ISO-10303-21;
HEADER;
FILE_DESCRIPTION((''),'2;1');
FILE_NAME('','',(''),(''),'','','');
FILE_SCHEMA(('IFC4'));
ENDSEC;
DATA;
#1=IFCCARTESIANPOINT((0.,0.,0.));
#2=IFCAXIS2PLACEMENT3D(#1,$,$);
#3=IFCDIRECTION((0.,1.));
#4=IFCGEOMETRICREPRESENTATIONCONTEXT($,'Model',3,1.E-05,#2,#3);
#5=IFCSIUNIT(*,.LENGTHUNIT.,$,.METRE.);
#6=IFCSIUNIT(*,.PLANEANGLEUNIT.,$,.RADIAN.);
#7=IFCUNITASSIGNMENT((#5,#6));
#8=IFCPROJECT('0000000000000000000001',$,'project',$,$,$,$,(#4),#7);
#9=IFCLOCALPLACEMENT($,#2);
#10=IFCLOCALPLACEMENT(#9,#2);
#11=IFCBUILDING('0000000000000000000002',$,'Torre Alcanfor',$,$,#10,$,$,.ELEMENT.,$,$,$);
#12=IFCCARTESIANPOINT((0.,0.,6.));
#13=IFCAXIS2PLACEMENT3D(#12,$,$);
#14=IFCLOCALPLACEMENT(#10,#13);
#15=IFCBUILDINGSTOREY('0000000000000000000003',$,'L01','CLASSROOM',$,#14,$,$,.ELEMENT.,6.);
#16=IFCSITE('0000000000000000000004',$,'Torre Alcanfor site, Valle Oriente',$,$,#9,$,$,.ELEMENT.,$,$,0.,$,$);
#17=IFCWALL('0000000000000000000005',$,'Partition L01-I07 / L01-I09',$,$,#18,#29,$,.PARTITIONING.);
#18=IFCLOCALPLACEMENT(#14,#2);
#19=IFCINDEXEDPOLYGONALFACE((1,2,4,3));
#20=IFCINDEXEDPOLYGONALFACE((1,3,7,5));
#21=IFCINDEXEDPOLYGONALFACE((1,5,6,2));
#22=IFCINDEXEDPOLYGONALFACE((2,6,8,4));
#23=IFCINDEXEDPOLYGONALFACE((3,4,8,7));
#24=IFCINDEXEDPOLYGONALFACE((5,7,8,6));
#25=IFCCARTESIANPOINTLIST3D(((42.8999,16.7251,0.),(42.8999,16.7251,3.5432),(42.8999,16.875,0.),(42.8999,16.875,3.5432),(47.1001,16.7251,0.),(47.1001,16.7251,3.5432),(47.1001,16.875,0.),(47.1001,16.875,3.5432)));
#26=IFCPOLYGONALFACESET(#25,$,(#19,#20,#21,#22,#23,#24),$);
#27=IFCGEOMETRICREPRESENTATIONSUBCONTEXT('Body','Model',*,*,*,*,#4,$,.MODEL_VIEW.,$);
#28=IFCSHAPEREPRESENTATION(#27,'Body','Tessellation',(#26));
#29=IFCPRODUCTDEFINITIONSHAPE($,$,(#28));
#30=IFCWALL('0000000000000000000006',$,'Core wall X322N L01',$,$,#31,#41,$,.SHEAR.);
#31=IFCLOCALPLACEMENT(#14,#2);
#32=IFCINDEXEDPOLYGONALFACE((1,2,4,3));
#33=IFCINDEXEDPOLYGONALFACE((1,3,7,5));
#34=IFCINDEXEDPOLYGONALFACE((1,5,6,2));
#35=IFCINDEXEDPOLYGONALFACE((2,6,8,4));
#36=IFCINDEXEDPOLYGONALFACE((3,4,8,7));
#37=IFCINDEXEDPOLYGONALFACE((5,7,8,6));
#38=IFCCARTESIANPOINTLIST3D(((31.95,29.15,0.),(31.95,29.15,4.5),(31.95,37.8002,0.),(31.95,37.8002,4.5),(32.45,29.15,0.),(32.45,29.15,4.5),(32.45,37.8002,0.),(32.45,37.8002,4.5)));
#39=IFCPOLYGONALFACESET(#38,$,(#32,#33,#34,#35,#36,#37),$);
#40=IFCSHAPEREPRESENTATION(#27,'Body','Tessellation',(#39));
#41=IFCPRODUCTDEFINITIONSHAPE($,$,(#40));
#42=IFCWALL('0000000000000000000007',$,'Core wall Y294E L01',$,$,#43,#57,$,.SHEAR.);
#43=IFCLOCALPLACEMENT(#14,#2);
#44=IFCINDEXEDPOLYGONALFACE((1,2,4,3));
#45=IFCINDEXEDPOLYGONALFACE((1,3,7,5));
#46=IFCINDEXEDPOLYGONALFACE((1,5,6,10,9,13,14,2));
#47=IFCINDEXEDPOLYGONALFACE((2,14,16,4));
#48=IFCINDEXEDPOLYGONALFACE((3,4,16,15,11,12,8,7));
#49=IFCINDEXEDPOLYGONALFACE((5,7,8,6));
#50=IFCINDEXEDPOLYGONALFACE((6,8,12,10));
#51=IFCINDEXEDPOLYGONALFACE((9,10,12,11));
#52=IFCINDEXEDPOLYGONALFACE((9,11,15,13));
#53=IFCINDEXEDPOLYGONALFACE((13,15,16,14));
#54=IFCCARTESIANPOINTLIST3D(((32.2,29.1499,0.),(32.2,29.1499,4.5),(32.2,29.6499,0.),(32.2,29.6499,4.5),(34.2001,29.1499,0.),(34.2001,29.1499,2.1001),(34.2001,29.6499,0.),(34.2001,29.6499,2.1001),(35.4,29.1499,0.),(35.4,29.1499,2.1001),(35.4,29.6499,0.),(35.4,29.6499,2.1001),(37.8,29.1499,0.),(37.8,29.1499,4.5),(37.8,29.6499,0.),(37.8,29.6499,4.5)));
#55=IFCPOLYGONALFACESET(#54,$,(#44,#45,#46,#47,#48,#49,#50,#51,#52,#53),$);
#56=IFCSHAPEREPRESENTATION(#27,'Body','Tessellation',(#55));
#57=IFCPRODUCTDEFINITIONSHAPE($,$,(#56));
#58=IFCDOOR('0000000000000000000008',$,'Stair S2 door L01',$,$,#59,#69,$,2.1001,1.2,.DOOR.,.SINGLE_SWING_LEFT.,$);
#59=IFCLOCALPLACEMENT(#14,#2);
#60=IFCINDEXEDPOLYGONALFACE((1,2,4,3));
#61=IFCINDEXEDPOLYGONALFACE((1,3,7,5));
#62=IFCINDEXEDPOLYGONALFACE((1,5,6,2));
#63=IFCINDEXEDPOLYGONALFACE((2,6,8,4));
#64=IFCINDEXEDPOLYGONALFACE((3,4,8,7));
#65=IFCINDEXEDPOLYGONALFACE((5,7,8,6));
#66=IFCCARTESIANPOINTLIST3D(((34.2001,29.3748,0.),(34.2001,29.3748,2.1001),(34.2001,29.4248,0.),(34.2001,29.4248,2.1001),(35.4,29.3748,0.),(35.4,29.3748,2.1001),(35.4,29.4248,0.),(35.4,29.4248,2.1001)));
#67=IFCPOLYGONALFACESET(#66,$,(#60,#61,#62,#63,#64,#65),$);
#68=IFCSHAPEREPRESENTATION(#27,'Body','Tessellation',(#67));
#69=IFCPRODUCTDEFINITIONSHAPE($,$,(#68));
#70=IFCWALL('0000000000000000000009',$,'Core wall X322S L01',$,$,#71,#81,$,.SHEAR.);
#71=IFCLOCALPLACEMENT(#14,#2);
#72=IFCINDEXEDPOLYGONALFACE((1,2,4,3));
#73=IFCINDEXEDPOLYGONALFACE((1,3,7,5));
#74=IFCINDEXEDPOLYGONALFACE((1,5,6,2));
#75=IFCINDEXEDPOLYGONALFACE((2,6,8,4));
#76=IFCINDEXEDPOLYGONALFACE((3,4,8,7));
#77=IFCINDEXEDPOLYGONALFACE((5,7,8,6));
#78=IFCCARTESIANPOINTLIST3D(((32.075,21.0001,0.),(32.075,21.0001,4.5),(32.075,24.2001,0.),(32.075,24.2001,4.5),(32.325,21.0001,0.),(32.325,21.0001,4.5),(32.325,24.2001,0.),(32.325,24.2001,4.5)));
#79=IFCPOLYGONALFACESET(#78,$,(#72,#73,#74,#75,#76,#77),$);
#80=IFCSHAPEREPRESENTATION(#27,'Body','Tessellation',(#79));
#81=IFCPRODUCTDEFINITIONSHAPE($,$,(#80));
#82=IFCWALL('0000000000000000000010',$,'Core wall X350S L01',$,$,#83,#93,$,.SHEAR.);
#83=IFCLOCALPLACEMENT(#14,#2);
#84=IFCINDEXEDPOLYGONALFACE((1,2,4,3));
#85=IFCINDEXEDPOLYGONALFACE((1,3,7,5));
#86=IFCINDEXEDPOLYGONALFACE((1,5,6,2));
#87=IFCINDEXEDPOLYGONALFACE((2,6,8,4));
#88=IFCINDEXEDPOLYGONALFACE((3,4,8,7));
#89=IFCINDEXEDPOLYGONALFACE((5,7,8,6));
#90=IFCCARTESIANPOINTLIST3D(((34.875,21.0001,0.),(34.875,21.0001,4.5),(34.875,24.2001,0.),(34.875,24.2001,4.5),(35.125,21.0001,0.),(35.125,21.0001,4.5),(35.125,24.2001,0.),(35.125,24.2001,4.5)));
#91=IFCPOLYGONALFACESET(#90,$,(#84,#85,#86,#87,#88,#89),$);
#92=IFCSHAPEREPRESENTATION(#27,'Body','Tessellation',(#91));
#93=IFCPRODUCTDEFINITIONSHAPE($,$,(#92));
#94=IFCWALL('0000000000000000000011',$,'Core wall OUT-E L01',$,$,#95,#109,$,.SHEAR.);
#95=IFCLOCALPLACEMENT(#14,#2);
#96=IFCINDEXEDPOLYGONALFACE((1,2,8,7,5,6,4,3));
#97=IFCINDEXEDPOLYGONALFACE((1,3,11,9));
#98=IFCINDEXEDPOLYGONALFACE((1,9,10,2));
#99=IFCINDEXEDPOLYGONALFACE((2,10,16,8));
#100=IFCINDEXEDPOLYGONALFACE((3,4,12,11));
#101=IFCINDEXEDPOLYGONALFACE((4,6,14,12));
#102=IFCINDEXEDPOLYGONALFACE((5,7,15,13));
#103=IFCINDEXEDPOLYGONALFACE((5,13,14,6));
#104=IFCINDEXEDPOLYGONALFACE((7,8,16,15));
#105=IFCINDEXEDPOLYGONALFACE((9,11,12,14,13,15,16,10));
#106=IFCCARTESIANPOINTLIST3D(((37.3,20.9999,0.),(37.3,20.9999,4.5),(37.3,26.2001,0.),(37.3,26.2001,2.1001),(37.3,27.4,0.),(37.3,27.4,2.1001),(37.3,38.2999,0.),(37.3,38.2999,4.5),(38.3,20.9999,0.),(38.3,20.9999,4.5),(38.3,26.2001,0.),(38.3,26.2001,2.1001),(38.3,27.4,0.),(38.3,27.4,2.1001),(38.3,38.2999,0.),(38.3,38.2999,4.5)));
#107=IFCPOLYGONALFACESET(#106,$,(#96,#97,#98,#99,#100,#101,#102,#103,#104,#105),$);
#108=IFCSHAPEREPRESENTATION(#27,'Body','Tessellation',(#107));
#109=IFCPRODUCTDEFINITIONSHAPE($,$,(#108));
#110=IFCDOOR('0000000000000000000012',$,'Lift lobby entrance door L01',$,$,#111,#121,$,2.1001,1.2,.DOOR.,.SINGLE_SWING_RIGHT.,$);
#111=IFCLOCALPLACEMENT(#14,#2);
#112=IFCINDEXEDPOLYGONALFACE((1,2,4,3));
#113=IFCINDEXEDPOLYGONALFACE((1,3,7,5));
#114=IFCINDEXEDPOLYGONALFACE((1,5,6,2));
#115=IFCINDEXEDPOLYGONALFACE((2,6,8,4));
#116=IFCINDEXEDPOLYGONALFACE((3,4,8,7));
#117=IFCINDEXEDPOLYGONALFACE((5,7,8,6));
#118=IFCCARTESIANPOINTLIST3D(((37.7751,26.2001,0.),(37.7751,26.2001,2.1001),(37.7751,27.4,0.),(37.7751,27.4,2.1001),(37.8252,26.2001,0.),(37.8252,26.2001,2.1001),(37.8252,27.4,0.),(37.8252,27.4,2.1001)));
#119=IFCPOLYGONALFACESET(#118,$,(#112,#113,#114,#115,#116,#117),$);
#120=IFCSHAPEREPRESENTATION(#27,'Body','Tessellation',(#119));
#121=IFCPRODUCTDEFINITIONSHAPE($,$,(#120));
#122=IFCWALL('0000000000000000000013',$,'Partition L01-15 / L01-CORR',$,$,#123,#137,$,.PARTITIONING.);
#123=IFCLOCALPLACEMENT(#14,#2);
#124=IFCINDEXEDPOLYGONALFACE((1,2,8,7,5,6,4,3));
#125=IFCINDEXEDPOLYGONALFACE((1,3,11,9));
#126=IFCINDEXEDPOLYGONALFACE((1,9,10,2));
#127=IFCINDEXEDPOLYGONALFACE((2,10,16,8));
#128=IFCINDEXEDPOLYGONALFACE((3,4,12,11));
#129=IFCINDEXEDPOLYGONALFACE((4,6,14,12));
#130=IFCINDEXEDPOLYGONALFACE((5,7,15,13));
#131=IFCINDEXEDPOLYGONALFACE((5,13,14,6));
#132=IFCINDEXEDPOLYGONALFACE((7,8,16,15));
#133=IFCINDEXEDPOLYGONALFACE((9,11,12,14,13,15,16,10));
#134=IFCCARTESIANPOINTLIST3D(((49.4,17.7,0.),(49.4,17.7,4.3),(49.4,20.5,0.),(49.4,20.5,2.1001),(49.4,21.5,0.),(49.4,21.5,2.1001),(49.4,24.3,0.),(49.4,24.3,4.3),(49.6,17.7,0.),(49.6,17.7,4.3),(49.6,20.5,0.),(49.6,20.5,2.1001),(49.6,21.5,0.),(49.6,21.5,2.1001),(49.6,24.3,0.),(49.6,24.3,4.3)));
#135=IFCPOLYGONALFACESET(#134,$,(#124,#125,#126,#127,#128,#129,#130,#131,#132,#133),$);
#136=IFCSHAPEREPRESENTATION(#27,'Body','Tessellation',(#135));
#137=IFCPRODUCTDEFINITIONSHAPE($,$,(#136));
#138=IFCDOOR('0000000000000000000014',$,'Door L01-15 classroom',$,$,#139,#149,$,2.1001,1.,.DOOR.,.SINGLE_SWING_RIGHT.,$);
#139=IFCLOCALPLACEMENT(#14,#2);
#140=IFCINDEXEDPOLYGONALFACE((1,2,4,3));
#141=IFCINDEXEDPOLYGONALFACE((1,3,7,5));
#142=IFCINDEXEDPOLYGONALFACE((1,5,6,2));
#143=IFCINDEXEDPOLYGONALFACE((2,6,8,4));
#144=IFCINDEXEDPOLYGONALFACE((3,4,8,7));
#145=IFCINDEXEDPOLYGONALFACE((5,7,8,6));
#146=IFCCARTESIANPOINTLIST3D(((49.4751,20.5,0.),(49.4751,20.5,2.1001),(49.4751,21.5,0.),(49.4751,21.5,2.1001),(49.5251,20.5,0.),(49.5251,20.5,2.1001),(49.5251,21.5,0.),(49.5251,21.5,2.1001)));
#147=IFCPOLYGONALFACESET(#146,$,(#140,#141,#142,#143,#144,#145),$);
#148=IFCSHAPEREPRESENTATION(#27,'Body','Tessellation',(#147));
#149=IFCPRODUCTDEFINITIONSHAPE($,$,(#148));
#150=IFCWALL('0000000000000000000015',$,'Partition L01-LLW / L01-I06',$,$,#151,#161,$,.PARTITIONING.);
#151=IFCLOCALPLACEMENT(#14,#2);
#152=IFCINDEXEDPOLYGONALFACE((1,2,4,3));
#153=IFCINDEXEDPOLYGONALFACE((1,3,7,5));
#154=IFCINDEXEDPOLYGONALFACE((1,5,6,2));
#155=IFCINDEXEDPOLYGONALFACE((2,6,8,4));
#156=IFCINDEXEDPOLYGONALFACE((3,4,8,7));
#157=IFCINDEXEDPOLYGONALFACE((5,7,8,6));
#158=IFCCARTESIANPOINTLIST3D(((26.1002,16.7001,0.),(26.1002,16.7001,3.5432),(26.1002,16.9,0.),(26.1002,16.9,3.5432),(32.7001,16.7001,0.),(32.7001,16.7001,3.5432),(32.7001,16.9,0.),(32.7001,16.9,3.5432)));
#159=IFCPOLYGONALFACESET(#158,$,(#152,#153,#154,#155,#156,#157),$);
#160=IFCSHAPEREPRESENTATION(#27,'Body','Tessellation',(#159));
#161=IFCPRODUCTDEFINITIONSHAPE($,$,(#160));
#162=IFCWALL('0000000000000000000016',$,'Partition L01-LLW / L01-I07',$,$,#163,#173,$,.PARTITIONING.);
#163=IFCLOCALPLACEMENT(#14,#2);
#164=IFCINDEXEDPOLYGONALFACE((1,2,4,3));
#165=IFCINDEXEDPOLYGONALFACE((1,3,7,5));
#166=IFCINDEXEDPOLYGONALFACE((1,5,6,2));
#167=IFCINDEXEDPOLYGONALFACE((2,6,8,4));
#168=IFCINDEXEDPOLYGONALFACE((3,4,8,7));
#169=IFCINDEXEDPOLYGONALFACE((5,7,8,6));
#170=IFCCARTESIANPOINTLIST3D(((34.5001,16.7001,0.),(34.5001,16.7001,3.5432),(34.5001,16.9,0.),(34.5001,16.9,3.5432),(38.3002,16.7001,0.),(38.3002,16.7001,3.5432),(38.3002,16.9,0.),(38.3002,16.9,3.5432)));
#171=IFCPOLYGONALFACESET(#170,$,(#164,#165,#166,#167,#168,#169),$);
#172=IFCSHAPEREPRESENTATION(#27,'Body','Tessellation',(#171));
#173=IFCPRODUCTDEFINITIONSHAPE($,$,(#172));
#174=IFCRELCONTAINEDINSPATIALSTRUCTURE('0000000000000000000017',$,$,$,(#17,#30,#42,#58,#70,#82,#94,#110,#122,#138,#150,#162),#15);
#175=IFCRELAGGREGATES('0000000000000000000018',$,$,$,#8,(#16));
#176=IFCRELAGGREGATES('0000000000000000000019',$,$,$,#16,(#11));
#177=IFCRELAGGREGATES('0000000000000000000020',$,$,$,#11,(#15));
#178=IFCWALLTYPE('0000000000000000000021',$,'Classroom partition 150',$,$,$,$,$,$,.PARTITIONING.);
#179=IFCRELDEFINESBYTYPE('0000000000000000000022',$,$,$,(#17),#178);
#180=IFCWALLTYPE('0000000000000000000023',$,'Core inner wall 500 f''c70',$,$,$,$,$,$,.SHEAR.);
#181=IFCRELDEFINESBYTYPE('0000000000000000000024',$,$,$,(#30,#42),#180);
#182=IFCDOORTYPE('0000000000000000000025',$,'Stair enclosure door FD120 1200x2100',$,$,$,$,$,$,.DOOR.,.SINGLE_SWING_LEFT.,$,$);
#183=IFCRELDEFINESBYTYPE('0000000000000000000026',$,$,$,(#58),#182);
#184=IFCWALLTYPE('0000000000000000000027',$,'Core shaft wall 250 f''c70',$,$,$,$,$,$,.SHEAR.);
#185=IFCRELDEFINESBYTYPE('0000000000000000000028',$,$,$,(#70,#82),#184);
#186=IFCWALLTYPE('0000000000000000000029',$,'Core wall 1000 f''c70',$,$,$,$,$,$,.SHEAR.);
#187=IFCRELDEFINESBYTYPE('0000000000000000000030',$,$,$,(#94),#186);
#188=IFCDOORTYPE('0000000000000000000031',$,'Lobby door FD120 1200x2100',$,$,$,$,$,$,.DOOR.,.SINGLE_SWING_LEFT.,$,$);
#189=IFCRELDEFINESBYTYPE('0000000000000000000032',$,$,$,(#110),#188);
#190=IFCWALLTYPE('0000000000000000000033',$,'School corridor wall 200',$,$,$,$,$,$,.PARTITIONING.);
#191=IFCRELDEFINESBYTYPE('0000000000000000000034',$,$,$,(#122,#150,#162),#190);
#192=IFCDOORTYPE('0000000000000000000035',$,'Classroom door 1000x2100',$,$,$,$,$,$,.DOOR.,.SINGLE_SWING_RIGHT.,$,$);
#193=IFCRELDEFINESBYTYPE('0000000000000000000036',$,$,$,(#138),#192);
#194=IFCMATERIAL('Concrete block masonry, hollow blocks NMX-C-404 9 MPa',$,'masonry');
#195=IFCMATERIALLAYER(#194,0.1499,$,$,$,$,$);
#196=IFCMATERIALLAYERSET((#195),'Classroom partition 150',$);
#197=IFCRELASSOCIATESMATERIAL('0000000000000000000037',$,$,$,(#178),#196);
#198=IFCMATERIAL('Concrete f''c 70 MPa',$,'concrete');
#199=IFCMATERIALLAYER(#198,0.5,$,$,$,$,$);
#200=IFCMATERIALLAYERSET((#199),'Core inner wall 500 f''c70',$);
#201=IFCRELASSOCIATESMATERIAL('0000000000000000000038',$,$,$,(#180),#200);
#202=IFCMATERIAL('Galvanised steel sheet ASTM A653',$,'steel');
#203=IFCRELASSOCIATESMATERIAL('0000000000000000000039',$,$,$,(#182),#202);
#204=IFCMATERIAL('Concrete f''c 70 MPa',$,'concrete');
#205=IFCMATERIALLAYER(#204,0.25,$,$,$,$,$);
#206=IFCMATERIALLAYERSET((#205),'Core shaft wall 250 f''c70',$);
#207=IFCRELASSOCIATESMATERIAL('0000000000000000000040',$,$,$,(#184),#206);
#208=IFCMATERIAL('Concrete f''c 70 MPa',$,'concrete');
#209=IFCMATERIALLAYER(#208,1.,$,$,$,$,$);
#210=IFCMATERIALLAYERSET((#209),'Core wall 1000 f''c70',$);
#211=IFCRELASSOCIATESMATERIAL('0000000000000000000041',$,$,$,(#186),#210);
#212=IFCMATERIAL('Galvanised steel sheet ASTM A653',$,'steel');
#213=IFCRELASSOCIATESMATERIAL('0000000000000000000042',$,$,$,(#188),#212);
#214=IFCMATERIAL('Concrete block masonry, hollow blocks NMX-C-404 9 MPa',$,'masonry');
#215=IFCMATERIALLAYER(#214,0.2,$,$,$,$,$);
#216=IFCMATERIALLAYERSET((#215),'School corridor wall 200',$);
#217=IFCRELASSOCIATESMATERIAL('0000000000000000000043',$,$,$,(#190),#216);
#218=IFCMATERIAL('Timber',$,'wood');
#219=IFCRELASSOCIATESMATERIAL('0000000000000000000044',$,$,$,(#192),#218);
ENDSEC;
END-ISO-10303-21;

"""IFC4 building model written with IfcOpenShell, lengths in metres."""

from ifc_helpers import new_model, si_unit, direction, frame, frame_2d, origin, place, context, subcontext, project, spatial, rectangle, extrude, material, layer, layer_set, type_object, element, fill, save


model = new_model("IFC4")

# Units and contexts
model_context = context("Model", 3, precision=1e-05, world=origin(), true_north=direction((0.0, 1.0)))
body_context = subcontext(model_context, "Body", "Model", "MODEL_VIEW")
ifc_project = project(units=[si_unit("LENGTHUNIT", "METRE"), si_unit("PLANEANGLEUNIT", "RADIAN")], contexts=[model_context])

# Site, building, storey
site_placement = place(None, origin())
site = spatial("IfcSite", under=ifc_project, at=site_placement, Name="Torre Alcanfor site, Valle Oriente", CompositionType="ELEMENT", RefElevation=0.0)
building_placement = place(site_placement, origin())
building = spatial("IfcBuilding", under=site, at=building_placement, Name="Torre Alcanfor", CompositionType="ELEMENT")
storey_placement = place(building_placement, frame((0.0, 0.0, 6.0)))
storey = spatial("IfcBuildingStorey", under=building, at=storey_placement, Name="L01", Description="CLASSROOM", CompositionType="ELEMENT", Elevation=6.0)

# Walls
ifc_material_1 = material(Name="Concrete block masonry, hollow blocks NMX-C-404 9 MPa", Category="masonry")
ifc_layer_1 = layer(ifc_material_1, 0.1499)
ifc_layer_set_1 = layer_set([ifc_layer_1], Name="Classroom partition 150")
wall_type_1 = type_object("IfcWallType", Name="Classroom partition 150", PredefinedType="PARTITIONING", material=ifc_layer_set_1)
wall_1_placement = place(storey_placement, frame((42.8999, 16.8, 0.0), z_axis=(0.0, 0.0, 1.0), x_axis=(1.0, 0.0, 0.0)))
element("IfcWall", 1, at=wall_1_placement, inside=storey, type_object=wall_type_1, Name="Partition L01-I07 / L01-I09", PredefinedType="PARTITIONING", context=body_context, shape_type="SweptSolid", body=[
    extrude(rectangle(XDim=4.2002, YDim=0.1499, at=frame_2d((2.1001, 0.0))), origin(), (0.0, 0.0, 1.0), 3.5432),
])
ifc_material_2 = material(Name="Concrete f'c 70 MPa", Category="concrete")
ifc_layer_2 = layer(ifc_material_2, 0.5)
ifc_layer_set_2 = layer_set([ifc_layer_2], Name="Core inner wall 500 f'c70")
wall_type_2 = type_object("IfcWallType", Name="Core inner wall 500 f'c70", PredefinedType="SHEAR", material=ifc_layer_set_2)
wall_2_placement = place(storey_placement, frame((32.2, 29.1499, 0.0), z_axis=(0.0, 0.0, 1.0), x_axis=(0.0, 1.0, 0.0)))
element("IfcWall", 2, at=wall_2_placement, inside=storey, type_object=wall_type_2, Name="Core wall X322N L01", PredefinedType="SHEAR", context=body_context, shape_type="SweptSolid", body=[
    extrude(rectangle(XDim=8.6501, YDim=0.5, at=frame_2d((4.3252, 0.0))), origin(), (0.0, 0.0, 1.0), 4.5),
])

# Wall, opening, door
wall_3_placement = place(storey_placement, frame((32.2, 29.3999, 0.0), z_axis=(0.0, 0.0, 1.0), x_axis=(1.0, 0.0, 0.0)))
wall_3 = element("IfcWall", 3, at=wall_3_placement, inside=storey, type_object=wall_type_2, Name="Core wall Y294E L01", PredefinedType="SHEAR", context=body_context, shape_type="SweptSolid", body=[
    extrude(rectangle(XDim=5.6001, YDim=0.5, at=frame_2d((2.8, 0.0))), origin(), (0.0, 0.0, 1.0), 4.5),
])
opening_1_placement = place(wall_3_placement, frame((2.0, 0.0, 0.0)))
opening_1 = element("IfcOpeningElement", 4, at=opening_1_placement, cuts=wall_3, PredefinedType="OPENING", context=body_context, shape_type="SweptSolid", body=[
    extrude(rectangle(XDim=1.2, YDim=2.1001, at=frame_2d((0.6001, 1.05))), frame((0.0, 0.26, 0.0), z_axis=(0.0, -1.0, 0.0), x_axis=(1.0, 0.0, 0.0)), (0.0, 0.0, 1.0), 0.52),
])
ifc_material_3 = material(Name="Galvanised steel sheet ASTM A653", Category="steel")
door_type_1 = type_object("IfcDoorType", Name="Stair enclosure door FD120 1200x2100", OperationType="SINGLE_SWING_LEFT", PredefinedType="DOOR", material=ifc_material_3)
door_1_placement = place(opening_1_placement, origin())
door_1 = element("IfcDoor", 5, at=door_1_placement, inside=storey, type_object=door_type_1, Name="Stair S2 door L01", OperationType="SINGLE_SWING_LEFT", OverallHeight=2.1001, OverallWidth=1.2, PredefinedType="DOOR", context=body_context, shape_type="SweptSolid", body=[
    extrude(rectangle(XDim=1.2, YDim=2.1001, at=frame_2d((0.6001, 1.05))), frame((0.0, 0.0249, 0.0), z_axis=(0.0, -1.0, 0.0), x_axis=(1.0, 0.0, 0.0)), (0.0, 0.0, 1.0), 0.05),
])
fill(opening_1, door_1)

# Walls
ifc_material_4 = material(Name="Concrete f'c 70 MPa", Category="concrete")
ifc_layer_3 = layer(ifc_material_4, 0.25)
ifc_layer_set_3 = layer_set([ifc_layer_3], Name="Core shaft wall 250 f'c70")
wall_type_3 = type_object("IfcWallType", Name="Core shaft wall 250 f'c70", PredefinedType="SHEAR", material=ifc_layer_set_3)
for number, where, z_axis, x_axis, name in (
    (6, (32.2, 21.0, 0.0), (0.0, 0.0, 1.0), (0.0, 1.0, 0.0), "Core wall X322S L01"),
    (7, (35.0, 21.0, 0.0), (0.0, 0.0, 1.0), (0.0, 1.0, 0.0), "Core wall X350S L01"),
):
    element("IfcWall", number, at=place(storey_placement, frame(where, z_axis=z_axis, x_axis=x_axis)), inside=storey, type_object=wall_type_3, Name=name, PredefinedType="SHEAR", context=body_context, shape_type="SweptSolid", body=[
        extrude(rectangle(XDim=3.2, YDim=0.25, at=frame_2d((1.6001, 0.0))), origin(), (0.0, 0.0, 1.0), 4.5),
    ])

# Walls, openings, doors
ifc_material_5 = material(Name="Concrete f'c 70 MPa", Category="concrete")
ifc_layer_4 = layer(ifc_material_5, 1.0)
ifc_layer_set_4 = layer_set([ifc_layer_4], Name="Core wall 1000 f'c70")
wall_type_4 = type_object("IfcWallType", Name="Core wall 1000 f'c70", PredefinedType="SHEAR", material=ifc_layer_set_4)
wall_4_placement = place(storey_placement, frame((37.8, 21.0, 0.0), z_axis=(0.0, 0.0, 1.0), x_axis=(0.0, 1.0, 0.0)))
wall_4 = element("IfcWall", 8, at=wall_4_placement, inside=storey, type_object=wall_type_4, Name="Core wall OUT-E L01", PredefinedType="SHEAR", context=body_context, shape_type="SweptSolid", body=[
    extrude(rectangle(XDim=17.3, YDim=1.0, at=frame_2d((8.6499, 0.0))), origin(), (0.0, 0.0, 1.0), 4.5),
])
opening_2_placement = place(wall_4_placement, frame((5.2, 0.0, 0.0)))
opening_2 = element("IfcOpeningElement", 9, at=opening_2_placement, cuts=wall_4, PredefinedType="OPENING", context=body_context, shape_type="SweptSolid", body=[
    extrude(rectangle(XDim=1.2, YDim=2.1001, at=frame_2d((0.6001, 1.05))), frame((0.0, 0.51, 0.0), z_axis=(0.0, -1.0, 0.0), x_axis=(1.0, 0.0, 0.0)), (0.0, 0.0, 1.0), 1.02),
])
ifc_material_6 = material(Name="Galvanised steel sheet ASTM A653", Category="steel")
door_type_2 = type_object("IfcDoorType", Name="Lobby door FD120 1200x2100", OperationType="SINGLE_SWING_LEFT", PredefinedType="DOOR", material=ifc_material_6)
door_2_placement = place(opening_2_placement, frame((1.2, 0.0, 0.0), z_axis=(0.0, 0.0, 1.0), x_axis=(-1.0, 0.0, 0.0)))
door_2 = element("IfcDoor", 10, at=door_2_placement, inside=storey, type_object=door_type_2, Name="Lift lobby entrance door L01", OperationType="SINGLE_SWING_RIGHT", OverallHeight=2.1001, OverallWidth=1.2, PredefinedType="DOOR", context=body_context, shape_type="SweptSolid", body=[
    extrude(rectangle(XDim=1.2, YDim=2.1001, at=frame_2d((0.5999, 1.05))), frame((0.0, 0.0251, 0.0), z_axis=(0.0, -1.0, 0.0), x_axis=(1.0, 0.0, 0.0)), (0.0, 0.0, 1.0), 0.05),
])
fill(opening_2, door_2)
ifc_material_7 = material(Name="Concrete block masonry, hollow blocks NMX-C-404 9 MPa", Category="masonry")
ifc_layer_5 = layer(ifc_material_7, 0.2)
ifc_layer_set_5 = layer_set([ifc_layer_5], Name="School corridor wall 200")
wall_type_5 = type_object("IfcWallType", Name="School corridor wall 200", PredefinedType="PARTITIONING", material=ifc_layer_set_5)
wall_5_placement = place(storey_placement, frame((49.5, 17.7, 0.0), z_axis=(0.0, 0.0, 1.0), x_axis=(0.0, 1.0, 0.0)))
wall_5 = element("IfcWall", 11, at=wall_5_placement, inside=storey, type_object=wall_type_5, Name="Partition L01-15 / L01-CORR", PredefinedType="PARTITIONING", context=body_context, shape_type="SweptSolid", body=[
    extrude(rectangle(XDim=6.6001, YDim=0.2, at=frame_2d((3.3, 0.0))), origin(), (0.0, 0.0, 1.0), 4.3),
])
opening_3_placement = place(wall_5_placement, frame((2.8, 0.0, 0.0)))
opening_3 = element("IfcOpeningElement", 12, at=opening_3_placement, cuts=wall_5, PredefinedType="OPENING", context=body_context, shape_type="SweptSolid", body=[
    extrude(rectangle(XDim=1.0, YDim=2.1001, at=frame_2d((0.5, 1.05))), frame((0.0, 0.1099, 0.0), z_axis=(0.0, -1.0, 0.0), x_axis=(1.0, 0.0, 0.0)), (0.0, 0.0, 1.0), 0.22),
])
ifc_material_8 = material(Name="Timber", Category="wood")
door_type_3 = type_object("IfcDoorType", Name="Classroom door 1000x2100", OperationType="SINGLE_SWING_RIGHT", PredefinedType="DOOR", material=ifc_material_8)
door_3_placement = place(opening_3_placement, frame((1.0, 0.0, 0.0), z_axis=(0.0, 0.0, 1.0), x_axis=(-1.0, 0.0, 0.0)))
door_3 = element("IfcDoor", 13, at=door_3_placement, inside=storey, type_object=door_type_3, Name="Door L01-15 classroom", OperationType="SINGLE_SWING_RIGHT", OverallHeight=2.1001, OverallWidth=1.0, PredefinedType="DOOR", context=body_context, shape_type="SweptSolid", body=[
    extrude(rectangle(XDim=1.0, YDim=2.1001, at=frame_2d((0.5, 1.05))), frame((0.0, 0.0251, 0.0), z_axis=(0.0, -1.0, 0.0), x_axis=(1.0, 0.0, 0.0)), (0.0, 0.0, 1.0), 0.05),
])
fill(opening_3, door_3)

# Walls
wall_6_placement = place(storey_placement, frame((32.7, 16.8, 0.0), z_axis=(0.0, 0.0, 1.0), x_axis=(-1.0, 0.0, 0.0)))
element("IfcWall", 14, at=wall_6_placement, inside=storey, type_object=wall_type_5, Name="Partition L01-LLW / L01-I06", PredefinedType="PARTITIONING", context=body_context, shape_type="SweptSolid", body=[
    extrude(rectangle(XDim=6.5999, YDim=0.2, at=frame_2d((3.2998, 0.0))), origin(), (0.0, 0.0, 1.0), 3.5432),
])
wall_7_placement = place(storey_placement, frame((38.3, 16.8, 0.0), z_axis=(0.0, 0.0, 1.0), x_axis=(-1.0, 0.0, 0.0)))
element("IfcWall", 15, at=wall_7_placement, inside=storey, type_object=wall_type_5, Name="Partition L01-LLW / L01-I07", PredefinedType="PARTITIONING", context=body_context, shape_type="SweptSolid", body=[
    extrude(rectangle(XDim=3.8, YDim=0.2, at=frame_2d((1.8999, 0.0))), origin(), (0.0, 0.0, 1.0), 3.5432),
])

save(model, "model.ifc")
